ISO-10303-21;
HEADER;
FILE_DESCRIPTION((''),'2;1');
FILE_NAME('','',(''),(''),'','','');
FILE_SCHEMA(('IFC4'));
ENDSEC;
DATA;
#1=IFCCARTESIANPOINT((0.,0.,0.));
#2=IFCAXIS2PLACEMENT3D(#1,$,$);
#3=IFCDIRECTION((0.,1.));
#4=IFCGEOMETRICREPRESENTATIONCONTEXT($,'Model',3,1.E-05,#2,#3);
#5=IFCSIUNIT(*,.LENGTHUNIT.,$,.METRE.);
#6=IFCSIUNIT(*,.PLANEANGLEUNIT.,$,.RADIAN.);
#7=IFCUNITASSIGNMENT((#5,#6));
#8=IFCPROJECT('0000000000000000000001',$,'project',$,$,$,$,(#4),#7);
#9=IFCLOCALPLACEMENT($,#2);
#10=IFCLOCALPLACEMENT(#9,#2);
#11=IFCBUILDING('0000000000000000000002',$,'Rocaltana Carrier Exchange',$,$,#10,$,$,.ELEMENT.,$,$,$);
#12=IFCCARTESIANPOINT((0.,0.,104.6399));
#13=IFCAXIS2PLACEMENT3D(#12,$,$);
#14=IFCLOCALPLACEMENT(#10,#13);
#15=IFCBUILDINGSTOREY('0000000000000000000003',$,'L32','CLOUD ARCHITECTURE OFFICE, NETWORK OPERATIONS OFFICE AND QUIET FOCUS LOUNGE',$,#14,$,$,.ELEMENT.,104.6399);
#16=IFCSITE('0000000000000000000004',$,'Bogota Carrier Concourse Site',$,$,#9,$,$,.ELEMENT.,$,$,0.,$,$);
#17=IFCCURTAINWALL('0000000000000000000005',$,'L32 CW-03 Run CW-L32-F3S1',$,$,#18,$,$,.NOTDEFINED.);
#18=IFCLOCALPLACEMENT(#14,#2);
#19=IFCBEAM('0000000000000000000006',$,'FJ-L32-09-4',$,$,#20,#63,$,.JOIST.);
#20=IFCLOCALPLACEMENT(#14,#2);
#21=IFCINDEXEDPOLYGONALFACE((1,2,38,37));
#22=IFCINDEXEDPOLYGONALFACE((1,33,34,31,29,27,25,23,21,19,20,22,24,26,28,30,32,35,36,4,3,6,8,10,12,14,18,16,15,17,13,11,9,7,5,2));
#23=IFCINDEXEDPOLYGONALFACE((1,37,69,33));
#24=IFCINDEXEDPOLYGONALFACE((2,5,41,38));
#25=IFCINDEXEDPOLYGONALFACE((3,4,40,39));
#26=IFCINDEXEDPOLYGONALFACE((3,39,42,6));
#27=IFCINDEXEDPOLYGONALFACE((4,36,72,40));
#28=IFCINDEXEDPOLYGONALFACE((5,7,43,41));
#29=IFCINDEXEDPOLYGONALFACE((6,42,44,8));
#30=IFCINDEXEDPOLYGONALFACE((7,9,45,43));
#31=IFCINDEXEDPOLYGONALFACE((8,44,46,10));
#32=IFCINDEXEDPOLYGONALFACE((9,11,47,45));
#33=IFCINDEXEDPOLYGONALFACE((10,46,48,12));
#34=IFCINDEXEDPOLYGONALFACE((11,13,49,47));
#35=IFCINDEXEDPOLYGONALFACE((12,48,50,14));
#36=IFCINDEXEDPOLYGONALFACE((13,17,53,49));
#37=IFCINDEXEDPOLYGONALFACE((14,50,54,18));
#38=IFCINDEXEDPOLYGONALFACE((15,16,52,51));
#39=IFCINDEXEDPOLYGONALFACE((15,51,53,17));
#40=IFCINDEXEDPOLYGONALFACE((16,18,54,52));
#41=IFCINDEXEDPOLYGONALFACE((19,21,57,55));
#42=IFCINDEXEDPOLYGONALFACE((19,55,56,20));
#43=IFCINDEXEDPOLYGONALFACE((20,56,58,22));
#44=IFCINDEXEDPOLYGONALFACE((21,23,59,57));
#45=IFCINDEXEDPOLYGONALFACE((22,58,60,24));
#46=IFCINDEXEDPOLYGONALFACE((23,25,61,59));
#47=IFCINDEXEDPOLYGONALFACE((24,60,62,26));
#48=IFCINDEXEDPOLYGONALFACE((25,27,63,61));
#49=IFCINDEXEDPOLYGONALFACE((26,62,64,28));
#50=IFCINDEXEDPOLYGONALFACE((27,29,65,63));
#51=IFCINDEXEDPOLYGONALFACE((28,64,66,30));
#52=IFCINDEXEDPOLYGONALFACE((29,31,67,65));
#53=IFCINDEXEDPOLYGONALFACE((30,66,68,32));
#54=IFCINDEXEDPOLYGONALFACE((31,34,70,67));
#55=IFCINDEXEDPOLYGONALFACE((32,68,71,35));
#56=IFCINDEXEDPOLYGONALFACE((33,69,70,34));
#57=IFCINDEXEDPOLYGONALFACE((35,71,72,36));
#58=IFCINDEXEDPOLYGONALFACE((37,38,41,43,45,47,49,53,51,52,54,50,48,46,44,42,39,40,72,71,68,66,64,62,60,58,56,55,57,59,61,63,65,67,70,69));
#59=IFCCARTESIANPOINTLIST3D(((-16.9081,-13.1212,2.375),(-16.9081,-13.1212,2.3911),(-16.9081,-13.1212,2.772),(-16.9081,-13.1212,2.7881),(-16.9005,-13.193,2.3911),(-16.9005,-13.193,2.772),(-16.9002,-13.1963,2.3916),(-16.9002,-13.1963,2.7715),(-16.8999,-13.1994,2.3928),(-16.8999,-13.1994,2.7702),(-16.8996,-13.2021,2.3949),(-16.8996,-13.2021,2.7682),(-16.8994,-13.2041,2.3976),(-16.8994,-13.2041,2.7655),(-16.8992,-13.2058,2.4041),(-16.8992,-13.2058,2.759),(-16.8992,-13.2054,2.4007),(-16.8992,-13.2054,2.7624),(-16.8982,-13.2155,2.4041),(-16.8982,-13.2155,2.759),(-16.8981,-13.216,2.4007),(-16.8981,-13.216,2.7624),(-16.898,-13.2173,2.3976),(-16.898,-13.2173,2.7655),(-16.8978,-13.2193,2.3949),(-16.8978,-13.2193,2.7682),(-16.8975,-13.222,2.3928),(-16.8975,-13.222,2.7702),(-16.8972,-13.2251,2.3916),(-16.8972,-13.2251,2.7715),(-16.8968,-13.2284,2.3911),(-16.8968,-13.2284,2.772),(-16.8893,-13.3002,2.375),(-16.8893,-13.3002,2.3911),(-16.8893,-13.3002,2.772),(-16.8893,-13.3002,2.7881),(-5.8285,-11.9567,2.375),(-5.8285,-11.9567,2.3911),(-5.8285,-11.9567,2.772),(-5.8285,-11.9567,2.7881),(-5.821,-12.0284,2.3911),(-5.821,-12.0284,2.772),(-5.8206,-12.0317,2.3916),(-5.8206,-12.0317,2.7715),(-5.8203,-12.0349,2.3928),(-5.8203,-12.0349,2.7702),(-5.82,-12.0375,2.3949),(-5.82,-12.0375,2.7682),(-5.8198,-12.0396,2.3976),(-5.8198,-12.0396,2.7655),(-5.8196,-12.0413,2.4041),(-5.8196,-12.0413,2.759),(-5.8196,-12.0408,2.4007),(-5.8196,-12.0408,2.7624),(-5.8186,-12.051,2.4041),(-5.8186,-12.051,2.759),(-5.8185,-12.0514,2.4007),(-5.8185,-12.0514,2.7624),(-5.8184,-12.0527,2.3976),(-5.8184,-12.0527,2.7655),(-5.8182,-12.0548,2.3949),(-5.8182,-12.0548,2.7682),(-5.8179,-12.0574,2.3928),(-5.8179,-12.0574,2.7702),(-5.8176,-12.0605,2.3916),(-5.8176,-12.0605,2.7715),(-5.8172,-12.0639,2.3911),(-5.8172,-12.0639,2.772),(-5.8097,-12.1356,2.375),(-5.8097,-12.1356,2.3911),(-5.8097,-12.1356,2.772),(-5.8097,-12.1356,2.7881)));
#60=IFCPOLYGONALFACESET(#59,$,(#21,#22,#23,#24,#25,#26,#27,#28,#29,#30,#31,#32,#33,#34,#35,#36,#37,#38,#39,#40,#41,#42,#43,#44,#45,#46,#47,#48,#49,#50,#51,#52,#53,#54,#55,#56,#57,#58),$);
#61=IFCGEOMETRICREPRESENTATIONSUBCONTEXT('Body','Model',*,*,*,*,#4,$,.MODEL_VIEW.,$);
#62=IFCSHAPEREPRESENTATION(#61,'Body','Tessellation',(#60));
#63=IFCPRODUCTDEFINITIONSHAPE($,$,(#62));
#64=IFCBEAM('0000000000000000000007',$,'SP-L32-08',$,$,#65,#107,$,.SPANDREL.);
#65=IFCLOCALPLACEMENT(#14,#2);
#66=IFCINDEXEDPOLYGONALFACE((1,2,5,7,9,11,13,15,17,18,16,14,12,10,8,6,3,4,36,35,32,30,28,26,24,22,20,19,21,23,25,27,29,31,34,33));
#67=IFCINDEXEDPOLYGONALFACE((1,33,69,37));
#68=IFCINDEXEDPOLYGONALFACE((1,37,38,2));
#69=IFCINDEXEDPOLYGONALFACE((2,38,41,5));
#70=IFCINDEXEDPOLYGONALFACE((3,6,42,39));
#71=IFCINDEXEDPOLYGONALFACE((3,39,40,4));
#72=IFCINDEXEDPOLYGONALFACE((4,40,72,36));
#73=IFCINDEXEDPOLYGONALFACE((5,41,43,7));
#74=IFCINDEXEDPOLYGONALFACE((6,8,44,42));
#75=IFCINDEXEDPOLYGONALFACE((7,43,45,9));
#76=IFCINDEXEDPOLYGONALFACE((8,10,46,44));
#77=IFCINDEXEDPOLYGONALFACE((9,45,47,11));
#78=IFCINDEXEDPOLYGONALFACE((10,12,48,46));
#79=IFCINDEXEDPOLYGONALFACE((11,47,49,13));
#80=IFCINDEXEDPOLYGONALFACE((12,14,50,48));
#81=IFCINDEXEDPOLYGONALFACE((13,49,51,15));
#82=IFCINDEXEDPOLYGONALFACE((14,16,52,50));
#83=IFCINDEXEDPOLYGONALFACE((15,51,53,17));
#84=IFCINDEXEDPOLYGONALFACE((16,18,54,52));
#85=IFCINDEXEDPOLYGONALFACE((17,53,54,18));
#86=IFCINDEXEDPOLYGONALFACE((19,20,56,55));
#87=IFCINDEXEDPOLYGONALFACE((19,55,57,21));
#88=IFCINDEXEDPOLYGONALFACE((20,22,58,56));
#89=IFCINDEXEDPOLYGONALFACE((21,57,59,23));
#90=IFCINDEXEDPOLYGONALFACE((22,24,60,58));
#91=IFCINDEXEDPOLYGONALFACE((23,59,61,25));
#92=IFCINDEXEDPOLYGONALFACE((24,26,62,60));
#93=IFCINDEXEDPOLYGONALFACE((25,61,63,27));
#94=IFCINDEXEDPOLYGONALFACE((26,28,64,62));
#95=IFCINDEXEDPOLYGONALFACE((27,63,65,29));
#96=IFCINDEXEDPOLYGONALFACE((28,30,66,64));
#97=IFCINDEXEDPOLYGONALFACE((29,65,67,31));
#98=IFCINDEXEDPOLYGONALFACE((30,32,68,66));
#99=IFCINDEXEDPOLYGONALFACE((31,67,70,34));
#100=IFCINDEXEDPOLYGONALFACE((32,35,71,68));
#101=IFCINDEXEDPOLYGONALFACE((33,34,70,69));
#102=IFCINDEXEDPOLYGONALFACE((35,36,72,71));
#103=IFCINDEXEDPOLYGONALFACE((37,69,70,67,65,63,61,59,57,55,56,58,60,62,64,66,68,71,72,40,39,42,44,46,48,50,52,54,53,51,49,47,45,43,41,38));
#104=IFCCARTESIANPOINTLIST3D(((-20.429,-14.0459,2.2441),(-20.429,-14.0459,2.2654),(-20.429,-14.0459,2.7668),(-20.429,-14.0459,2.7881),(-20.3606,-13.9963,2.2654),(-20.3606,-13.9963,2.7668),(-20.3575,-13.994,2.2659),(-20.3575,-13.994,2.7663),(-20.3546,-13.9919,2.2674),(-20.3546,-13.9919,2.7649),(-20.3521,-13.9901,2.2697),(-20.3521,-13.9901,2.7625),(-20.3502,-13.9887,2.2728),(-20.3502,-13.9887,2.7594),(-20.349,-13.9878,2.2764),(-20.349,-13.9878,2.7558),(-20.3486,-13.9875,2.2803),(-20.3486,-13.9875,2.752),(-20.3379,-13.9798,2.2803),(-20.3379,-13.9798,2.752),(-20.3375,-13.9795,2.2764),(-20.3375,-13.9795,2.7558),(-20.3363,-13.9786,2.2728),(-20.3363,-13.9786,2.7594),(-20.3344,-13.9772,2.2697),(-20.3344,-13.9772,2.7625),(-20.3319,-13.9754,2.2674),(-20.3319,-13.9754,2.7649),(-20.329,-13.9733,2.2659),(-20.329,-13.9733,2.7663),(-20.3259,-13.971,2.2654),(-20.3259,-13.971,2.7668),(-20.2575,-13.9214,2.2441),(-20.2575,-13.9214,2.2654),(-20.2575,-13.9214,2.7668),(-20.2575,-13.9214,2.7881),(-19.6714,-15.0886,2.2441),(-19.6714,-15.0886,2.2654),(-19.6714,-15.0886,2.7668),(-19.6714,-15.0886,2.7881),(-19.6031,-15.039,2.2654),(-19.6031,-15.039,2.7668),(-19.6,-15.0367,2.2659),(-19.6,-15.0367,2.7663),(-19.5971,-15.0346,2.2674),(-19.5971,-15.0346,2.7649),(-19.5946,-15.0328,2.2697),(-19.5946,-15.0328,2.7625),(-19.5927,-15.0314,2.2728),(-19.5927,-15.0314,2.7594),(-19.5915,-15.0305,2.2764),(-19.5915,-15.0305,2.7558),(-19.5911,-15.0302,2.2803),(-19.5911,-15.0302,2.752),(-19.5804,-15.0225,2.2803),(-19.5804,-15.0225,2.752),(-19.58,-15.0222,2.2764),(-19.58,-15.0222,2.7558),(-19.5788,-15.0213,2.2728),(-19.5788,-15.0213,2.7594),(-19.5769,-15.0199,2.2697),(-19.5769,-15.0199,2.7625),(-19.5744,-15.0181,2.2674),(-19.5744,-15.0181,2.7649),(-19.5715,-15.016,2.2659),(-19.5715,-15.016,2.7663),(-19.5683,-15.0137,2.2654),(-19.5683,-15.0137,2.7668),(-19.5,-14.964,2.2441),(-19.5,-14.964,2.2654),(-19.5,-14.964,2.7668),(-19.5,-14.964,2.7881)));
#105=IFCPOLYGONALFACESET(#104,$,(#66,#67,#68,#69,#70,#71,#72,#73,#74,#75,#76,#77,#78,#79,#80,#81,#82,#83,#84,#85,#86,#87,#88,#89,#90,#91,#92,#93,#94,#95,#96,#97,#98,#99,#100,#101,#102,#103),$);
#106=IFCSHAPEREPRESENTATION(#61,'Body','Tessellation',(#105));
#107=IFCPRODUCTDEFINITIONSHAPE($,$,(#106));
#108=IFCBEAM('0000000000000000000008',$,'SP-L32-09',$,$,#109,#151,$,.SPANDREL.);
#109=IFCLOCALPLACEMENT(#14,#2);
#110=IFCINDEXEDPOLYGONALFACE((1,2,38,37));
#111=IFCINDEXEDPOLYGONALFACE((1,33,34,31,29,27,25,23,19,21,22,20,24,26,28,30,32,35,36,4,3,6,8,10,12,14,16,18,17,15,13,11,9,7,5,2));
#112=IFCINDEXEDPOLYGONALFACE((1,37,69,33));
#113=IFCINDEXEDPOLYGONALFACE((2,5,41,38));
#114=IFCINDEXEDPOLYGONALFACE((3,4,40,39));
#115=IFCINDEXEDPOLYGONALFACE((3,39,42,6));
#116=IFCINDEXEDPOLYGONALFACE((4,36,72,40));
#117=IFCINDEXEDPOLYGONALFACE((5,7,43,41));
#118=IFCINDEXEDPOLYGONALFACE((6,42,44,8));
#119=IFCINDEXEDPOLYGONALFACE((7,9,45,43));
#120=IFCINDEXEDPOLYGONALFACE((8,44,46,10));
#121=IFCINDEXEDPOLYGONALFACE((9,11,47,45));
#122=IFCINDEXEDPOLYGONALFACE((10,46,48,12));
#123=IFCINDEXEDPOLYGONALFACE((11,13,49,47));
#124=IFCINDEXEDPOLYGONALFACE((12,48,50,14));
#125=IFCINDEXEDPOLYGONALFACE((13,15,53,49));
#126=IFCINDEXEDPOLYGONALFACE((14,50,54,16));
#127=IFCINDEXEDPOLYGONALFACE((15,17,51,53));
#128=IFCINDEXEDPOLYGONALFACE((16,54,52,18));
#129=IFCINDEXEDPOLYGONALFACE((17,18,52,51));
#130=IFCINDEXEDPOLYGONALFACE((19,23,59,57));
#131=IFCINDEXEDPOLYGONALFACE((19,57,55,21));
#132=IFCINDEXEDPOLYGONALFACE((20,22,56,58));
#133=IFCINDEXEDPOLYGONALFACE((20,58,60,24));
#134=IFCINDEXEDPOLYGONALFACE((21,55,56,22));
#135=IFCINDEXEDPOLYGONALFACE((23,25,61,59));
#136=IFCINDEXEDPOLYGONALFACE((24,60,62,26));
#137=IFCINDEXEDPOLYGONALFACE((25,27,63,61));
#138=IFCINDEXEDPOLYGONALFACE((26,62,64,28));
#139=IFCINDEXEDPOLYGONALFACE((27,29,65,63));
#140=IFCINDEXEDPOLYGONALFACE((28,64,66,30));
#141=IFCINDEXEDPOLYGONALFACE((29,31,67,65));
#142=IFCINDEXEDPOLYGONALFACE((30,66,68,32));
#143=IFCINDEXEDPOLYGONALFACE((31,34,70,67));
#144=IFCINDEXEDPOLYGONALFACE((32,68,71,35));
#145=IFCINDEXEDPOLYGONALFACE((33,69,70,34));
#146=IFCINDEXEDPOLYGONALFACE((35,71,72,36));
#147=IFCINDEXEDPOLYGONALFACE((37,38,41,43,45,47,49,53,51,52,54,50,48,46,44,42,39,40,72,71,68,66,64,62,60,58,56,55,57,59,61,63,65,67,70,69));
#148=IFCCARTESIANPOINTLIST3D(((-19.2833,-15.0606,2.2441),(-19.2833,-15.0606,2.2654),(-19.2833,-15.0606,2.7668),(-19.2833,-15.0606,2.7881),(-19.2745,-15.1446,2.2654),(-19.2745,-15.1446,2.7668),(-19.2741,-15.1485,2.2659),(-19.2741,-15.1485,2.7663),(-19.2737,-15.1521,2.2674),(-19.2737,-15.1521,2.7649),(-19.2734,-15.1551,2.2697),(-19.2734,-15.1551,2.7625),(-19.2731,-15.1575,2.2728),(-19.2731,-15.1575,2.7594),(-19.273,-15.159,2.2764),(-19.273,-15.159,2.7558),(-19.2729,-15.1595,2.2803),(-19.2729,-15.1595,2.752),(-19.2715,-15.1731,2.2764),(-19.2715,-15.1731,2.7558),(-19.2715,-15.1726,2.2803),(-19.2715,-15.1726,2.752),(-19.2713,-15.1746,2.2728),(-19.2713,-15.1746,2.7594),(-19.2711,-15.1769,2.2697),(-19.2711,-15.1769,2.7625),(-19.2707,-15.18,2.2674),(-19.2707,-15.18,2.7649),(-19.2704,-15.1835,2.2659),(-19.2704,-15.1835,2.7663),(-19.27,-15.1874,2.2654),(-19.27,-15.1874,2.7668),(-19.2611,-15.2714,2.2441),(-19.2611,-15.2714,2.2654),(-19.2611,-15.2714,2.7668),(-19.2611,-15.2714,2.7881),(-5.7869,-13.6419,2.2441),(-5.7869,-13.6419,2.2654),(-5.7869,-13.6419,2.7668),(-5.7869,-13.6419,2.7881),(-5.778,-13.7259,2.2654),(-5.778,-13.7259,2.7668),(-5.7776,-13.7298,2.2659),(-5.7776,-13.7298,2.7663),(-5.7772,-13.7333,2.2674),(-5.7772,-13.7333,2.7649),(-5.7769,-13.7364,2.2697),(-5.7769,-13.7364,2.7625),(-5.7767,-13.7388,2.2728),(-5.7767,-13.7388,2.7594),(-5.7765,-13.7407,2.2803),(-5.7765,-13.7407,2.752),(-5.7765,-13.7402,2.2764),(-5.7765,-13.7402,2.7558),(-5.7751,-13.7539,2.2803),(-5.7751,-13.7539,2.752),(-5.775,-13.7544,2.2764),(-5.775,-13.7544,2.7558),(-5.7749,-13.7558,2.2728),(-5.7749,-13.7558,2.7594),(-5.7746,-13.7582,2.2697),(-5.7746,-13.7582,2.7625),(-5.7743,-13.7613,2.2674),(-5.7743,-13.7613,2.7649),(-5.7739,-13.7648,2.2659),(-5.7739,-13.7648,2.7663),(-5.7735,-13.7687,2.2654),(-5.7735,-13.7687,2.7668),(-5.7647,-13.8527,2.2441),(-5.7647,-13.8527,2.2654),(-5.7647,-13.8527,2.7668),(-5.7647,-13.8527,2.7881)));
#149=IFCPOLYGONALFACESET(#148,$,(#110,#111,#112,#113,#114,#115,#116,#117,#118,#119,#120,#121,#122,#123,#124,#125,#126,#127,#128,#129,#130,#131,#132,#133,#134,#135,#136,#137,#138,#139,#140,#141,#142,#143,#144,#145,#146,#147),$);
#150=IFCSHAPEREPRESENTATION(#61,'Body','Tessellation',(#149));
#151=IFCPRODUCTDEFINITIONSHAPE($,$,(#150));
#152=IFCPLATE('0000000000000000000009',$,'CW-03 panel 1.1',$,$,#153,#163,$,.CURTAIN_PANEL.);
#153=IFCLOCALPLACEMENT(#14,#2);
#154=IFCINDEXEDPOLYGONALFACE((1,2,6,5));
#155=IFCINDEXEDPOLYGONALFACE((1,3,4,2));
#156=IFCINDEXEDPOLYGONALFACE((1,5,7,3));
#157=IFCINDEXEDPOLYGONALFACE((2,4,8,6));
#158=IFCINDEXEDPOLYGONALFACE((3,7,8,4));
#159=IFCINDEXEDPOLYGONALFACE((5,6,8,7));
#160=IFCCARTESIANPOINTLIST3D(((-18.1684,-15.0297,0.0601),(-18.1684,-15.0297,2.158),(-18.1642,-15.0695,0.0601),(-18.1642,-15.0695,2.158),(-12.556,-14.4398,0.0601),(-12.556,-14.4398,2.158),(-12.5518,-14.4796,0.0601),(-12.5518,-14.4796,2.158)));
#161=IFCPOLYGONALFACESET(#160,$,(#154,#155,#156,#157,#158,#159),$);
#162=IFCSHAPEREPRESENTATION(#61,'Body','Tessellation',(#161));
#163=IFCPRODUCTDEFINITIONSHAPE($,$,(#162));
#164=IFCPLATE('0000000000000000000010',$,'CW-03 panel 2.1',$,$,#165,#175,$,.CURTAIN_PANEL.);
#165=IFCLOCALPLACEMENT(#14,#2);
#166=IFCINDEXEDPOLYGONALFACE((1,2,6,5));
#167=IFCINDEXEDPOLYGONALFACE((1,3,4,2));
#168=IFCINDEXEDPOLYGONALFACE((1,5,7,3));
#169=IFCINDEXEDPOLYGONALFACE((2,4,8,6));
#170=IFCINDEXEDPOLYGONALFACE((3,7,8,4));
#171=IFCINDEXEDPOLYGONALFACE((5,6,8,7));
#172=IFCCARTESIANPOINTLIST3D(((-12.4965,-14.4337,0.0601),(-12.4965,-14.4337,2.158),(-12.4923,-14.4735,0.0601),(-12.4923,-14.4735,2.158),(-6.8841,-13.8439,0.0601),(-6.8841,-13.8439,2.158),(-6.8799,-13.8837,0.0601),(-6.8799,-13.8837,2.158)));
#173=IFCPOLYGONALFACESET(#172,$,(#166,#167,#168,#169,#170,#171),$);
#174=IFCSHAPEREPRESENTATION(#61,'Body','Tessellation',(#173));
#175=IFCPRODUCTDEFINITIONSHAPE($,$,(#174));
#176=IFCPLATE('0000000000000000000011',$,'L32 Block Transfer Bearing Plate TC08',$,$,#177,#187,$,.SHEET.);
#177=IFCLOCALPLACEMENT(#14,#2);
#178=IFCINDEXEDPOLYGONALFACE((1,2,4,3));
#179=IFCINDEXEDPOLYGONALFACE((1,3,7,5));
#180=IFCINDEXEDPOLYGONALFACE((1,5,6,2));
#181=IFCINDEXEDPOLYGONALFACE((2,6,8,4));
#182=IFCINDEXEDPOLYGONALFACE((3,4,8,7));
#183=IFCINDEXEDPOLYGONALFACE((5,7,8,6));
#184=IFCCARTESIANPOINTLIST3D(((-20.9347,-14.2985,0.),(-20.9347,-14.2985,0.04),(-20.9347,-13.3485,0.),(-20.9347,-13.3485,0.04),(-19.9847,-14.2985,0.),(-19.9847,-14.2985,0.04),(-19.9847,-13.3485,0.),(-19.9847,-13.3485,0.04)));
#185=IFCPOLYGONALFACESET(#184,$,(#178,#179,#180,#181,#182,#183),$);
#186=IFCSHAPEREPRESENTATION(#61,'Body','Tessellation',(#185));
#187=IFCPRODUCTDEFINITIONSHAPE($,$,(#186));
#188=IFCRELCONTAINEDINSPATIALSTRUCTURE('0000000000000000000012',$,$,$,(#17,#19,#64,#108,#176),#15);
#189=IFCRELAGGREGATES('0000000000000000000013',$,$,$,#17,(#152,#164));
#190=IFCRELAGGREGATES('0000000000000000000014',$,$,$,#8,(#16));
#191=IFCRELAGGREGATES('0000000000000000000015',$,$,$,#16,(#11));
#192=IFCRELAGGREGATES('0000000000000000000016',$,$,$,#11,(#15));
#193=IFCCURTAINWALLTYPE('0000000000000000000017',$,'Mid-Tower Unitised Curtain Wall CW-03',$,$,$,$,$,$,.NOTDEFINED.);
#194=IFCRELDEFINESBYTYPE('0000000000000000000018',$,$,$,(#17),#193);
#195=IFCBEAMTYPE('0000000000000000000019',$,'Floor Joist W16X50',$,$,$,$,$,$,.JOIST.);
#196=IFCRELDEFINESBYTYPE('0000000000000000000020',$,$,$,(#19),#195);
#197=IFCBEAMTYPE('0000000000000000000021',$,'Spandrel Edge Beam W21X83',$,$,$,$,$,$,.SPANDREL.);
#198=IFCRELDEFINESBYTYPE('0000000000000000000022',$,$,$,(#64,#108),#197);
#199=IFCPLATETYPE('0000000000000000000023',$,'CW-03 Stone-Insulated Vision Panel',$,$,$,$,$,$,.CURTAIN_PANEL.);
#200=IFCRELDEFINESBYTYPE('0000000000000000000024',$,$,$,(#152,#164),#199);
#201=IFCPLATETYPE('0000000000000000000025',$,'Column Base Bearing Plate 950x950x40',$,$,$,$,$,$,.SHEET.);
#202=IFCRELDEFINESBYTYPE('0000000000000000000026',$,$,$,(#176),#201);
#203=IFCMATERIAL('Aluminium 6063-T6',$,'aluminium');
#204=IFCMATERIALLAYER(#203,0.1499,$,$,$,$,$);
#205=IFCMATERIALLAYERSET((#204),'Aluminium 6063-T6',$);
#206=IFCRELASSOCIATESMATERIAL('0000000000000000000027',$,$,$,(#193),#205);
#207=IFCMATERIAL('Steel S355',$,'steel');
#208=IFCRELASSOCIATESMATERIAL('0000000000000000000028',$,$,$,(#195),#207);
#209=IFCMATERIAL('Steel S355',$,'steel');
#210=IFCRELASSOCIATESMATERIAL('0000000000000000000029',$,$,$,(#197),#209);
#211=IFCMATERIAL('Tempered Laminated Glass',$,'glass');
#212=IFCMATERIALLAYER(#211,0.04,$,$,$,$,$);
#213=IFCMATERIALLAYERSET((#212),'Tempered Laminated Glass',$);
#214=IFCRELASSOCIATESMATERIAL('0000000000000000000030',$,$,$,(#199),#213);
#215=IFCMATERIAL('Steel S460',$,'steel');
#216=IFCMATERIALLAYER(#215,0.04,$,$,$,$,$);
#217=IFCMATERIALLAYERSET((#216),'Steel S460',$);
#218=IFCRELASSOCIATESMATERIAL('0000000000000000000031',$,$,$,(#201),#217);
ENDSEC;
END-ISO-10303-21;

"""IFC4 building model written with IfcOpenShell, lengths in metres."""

from ifc_helpers import new_model, si_unit, direction, frame, origin, origin_2d, place, context, subcontext, project, spatial, rectangle, i_section, extrude, material, layer, layer_set, material_profile, profile_set, type_object, element, aggregate, save


model = new_model("IFC4")

# Units and contexts
model_context = context("Model", 3, precision=1e-05, world=origin(), true_north=direction((0.0, 1.0)))
body_context = subcontext(model_context, "Body", "Model", "MODEL_VIEW")
ifc_project = project(units=[si_unit("LENGTHUNIT", "METRE"), si_unit("PLANEANGLEUNIT", "RADIAN")], contexts=[model_context])

# Site, building, storey
site_placement = place(None, origin())
site = spatial("IfcSite", under=ifc_project, at=site_placement, Name="Bogota Carrier Concourse Site", CompositionType="ELEMENT", RefElevation=0.0)
building_placement = place(site_placement, origin())
building = spatial("IfcBuilding", under=site, at=building_placement, Name="Rocaltana Carrier Exchange", CompositionType="ELEMENT")
storey_placement = place(building_placement, frame((0.0, 0.0, 104.6399)))
storey = spatial("IfcBuildingStorey", under=building, at=storey_placement, Name="L32", Description="CLOUD ARCHITECTURE OFFICE, NETWORK OPERATIONS OFFICE AND QUIET FOCUS LOUNGE", CompositionType="ELEMENT", Elevation=104.6399)

# Shared definitions
ifc_material_1 = material(Name="Aluminium 6063-T6", Category="aluminium")
ifc_layer_1 = layer(ifc_material_1, 0.1499)
ifc_layer_set_1 = layer_set([ifc_layer_1], Name="Aluminium 6063-T6")
curtain_wall_type = type_object("IfcCurtainWallType", Name="Mid-Tower Unitised Curtain Wall CW-03", PredefinedType="NOTDEFINED", material=ifc_layer_set_1)

# Curtain wall
curtain_wall_1_placement = place(storey_placement, origin())
curtain_wall_1 = element("IfcCurtainWall", 1, at=curtain_wall_1_placement, inside=storey, type_object=curtain_wall_type, Name="L32 CW-03 Run CW-L32-F3S1", PredefinedType="NOTDEFINED")

# Beams
ifc_material_2 = material(Name="Steel S355", Category="steel")
ifc_material_profile_1 = material_profile(ifc_material_2, i_section(OverallWidth=0.1799, OverallDepth=0.4131, WebThickness=0.0098, FlangeThickness=0.0161, FilletRadius=0.0129, at=origin_2d()), Name="W16X50")
ifc_profile_set_1 = profile_set([ifc_material_profile_1], Name="Steel S355")
beam_type_1 = type_object("IfcBeamType", Name="Floor Joist W16X50", PredefinedType="JOIST", material=ifc_profile_set_1)
beam_1_placement = place(storey_placement, frame((-16.8987, -13.2107, 2.5815), z_axis=(0.994522, 0.104532, 0.0), x_axis=(-0.104532, 0.994522, 0.0)))
element("IfcBeam", 2, at=beam_1_placement, inside=storey, type_object=beam_type_1, Name="FJ-L32-09-4", PredefinedType="JOIST", context=body_context, shape_type="SweptSolid", body=[
    extrude(i_section(OverallWidth=0.1799, OverallDepth=0.4131, WebThickness=0.0098, FlangeThickness=0.0161, FilletRadius=0.0129, at=origin_2d()), origin(), (0.0, 0.0, 1.0), 11.1406),
])
ifc_material_3 = material(Name="Steel S355", Category="steel")
ifc_material_profile_2 = material_profile(ifc_material_3, i_section(OverallWidth=0.2119, OverallDepth=0.5439, WebThickness=0.0132, FlangeThickness=0.0212, FilletRadius=0.0149, at=origin_2d()), Name="W21X83")
ifc_profile_set_2 = profile_set([ifc_material_profile_2], Name="Steel S355")
beam_type_2 = type_object("IfcBeamType", Name="Spandrel Edge Beam W21X83", PredefinedType="SPANDREL", material=ifc_profile_set_2)
beam_2_placement = place(storey_placement, frame((-20.3433, -13.9836, 2.5161), z_axis=(0.587777, -0.809023, 0.0), x_axis=(0.809023, 0.587777, 0.0)))
element("IfcBeam", 3, at=beam_2_placement, inside=storey, type_object=beam_type_2, Name="SP-L32-08", PredefinedType="SPANDREL", context=body_context, shape_type="SweptSolid", body=[
    extrude(i_section(OverallWidth=0.2119, OverallDepth=0.5439, WebThickness=0.0132, FlangeThickness=0.0212, FilletRadius=0.0149, at=origin_2d()), origin(), (0.0, 0.0, 1.0), 1.2888),
])
beam_3_placement = place(storey_placement, frame((-19.2722, -15.166, 2.5161), z_axis=(0.994521, 0.104542, 0.0), x_axis=(-0.104542, 0.994521, 0.0)))
element("IfcBeam", 4, at=beam_3_placement, inside=storey, type_object=beam_type_2, Name="SP-L32-09", PredefinedType="SPANDREL", context=body_context, shape_type="SweptSolid", body=[
    extrude(i_section(OverallWidth=0.2119, OverallDepth=0.5439, WebThickness=0.0132, FlangeThickness=0.0212, FilletRadius=0.0149, at=origin_2d()), origin(), (0.0, 0.0, 1.0), 13.5708),
])

# Plates
ifc_material_4 = material(Name="Tempered Laminated Glass", Category="glass")
ifc_layer_2 = layer(ifc_material_4, 0.04)
ifc_layer_set_2 = layer_set([ifc_layer_2], Name="Tempered Laminated Glass")
plate_type_1 = type_object("IfcPlateType", Name="CW-03 Stone-Insulated Vision Panel", PredefinedType="CURTAIN_PANEL", material=ifc_layer_set_2)
plate_1_placement = place(storey_placement, frame((-15.3601, -14.7546, 0.0601), z_axis=(0.0, 0.0, 1.0), x_axis=(0.994523, 0.104522, 0.0)))
plate_1 = element("IfcPlate", 5, at=plate_1_placement, type_object=plate_type_1, Name="CW-03 panel 1.1", PredefinedType="CURTAIN_PANEL", context=body_context, shape_type="SweptSolid", body=[
    extrude(rectangle(XDim=5.6433, YDim=0.04, at=origin_2d()), origin(), (0.0, 0.0, 1.0), 2.0979),
])
plate_2_placement = place(storey_placement, frame((-9.6882, -14.1587, 0.0601), z_axis=(0.0, 0.0, 1.0), x_axis=(0.994523, 0.104522, 0.0)))
plate_2 = element("IfcPlate", 6, at=plate_2_placement, type_object=plate_type_1, Name="CW-03 panel 2.1", PredefinedType="CURTAIN_PANEL", context=body_context, shape_type="SweptSolid", body=[
    extrude(rectangle(XDim=5.6433, YDim=0.04, at=origin_2d()), origin(), (0.0, 0.0, 1.0), 2.0979),
])
aggregate(curtain_wall_1, [plate_1, plate_2])

# Plate
ifc_material_5 = material(Name="Steel S460", Category="steel")
ifc_layer_3 = layer(ifc_material_5, 0.04)
ifc_layer_set_3 = layer_set([ifc_layer_3], Name="Steel S460")
plate_type_2 = type_object("IfcPlateType", Name="Column Base Bearing Plate 950x950x40", PredefinedType="SHEET", material=ifc_layer_set_3)
for number, where, z_axis, x_axis, name in (
    (7, (-20.4597, -13.8235, 0.0), (0.0, 0.0, 1.0), (1.0, 0.0, 0.0), "L32 Block Transfer Bearing Plate TC08"),
):
    element("IfcPlate", number, at=place(storey_placement, frame(where, z_axis=z_axis, x_axis=x_axis)), inside=storey, type_object=plate_type_2, Name=name, PredefinedType="SHEET", context=body_context, shape_type="SweptSolid", body=[
        extrude(rectangle(XDim=0.95, YDim=0.95, at=origin_2d()), origin(), (0.0, 0.0, 1.0), 0.04),
    ])

save(model, "model.ifc")
